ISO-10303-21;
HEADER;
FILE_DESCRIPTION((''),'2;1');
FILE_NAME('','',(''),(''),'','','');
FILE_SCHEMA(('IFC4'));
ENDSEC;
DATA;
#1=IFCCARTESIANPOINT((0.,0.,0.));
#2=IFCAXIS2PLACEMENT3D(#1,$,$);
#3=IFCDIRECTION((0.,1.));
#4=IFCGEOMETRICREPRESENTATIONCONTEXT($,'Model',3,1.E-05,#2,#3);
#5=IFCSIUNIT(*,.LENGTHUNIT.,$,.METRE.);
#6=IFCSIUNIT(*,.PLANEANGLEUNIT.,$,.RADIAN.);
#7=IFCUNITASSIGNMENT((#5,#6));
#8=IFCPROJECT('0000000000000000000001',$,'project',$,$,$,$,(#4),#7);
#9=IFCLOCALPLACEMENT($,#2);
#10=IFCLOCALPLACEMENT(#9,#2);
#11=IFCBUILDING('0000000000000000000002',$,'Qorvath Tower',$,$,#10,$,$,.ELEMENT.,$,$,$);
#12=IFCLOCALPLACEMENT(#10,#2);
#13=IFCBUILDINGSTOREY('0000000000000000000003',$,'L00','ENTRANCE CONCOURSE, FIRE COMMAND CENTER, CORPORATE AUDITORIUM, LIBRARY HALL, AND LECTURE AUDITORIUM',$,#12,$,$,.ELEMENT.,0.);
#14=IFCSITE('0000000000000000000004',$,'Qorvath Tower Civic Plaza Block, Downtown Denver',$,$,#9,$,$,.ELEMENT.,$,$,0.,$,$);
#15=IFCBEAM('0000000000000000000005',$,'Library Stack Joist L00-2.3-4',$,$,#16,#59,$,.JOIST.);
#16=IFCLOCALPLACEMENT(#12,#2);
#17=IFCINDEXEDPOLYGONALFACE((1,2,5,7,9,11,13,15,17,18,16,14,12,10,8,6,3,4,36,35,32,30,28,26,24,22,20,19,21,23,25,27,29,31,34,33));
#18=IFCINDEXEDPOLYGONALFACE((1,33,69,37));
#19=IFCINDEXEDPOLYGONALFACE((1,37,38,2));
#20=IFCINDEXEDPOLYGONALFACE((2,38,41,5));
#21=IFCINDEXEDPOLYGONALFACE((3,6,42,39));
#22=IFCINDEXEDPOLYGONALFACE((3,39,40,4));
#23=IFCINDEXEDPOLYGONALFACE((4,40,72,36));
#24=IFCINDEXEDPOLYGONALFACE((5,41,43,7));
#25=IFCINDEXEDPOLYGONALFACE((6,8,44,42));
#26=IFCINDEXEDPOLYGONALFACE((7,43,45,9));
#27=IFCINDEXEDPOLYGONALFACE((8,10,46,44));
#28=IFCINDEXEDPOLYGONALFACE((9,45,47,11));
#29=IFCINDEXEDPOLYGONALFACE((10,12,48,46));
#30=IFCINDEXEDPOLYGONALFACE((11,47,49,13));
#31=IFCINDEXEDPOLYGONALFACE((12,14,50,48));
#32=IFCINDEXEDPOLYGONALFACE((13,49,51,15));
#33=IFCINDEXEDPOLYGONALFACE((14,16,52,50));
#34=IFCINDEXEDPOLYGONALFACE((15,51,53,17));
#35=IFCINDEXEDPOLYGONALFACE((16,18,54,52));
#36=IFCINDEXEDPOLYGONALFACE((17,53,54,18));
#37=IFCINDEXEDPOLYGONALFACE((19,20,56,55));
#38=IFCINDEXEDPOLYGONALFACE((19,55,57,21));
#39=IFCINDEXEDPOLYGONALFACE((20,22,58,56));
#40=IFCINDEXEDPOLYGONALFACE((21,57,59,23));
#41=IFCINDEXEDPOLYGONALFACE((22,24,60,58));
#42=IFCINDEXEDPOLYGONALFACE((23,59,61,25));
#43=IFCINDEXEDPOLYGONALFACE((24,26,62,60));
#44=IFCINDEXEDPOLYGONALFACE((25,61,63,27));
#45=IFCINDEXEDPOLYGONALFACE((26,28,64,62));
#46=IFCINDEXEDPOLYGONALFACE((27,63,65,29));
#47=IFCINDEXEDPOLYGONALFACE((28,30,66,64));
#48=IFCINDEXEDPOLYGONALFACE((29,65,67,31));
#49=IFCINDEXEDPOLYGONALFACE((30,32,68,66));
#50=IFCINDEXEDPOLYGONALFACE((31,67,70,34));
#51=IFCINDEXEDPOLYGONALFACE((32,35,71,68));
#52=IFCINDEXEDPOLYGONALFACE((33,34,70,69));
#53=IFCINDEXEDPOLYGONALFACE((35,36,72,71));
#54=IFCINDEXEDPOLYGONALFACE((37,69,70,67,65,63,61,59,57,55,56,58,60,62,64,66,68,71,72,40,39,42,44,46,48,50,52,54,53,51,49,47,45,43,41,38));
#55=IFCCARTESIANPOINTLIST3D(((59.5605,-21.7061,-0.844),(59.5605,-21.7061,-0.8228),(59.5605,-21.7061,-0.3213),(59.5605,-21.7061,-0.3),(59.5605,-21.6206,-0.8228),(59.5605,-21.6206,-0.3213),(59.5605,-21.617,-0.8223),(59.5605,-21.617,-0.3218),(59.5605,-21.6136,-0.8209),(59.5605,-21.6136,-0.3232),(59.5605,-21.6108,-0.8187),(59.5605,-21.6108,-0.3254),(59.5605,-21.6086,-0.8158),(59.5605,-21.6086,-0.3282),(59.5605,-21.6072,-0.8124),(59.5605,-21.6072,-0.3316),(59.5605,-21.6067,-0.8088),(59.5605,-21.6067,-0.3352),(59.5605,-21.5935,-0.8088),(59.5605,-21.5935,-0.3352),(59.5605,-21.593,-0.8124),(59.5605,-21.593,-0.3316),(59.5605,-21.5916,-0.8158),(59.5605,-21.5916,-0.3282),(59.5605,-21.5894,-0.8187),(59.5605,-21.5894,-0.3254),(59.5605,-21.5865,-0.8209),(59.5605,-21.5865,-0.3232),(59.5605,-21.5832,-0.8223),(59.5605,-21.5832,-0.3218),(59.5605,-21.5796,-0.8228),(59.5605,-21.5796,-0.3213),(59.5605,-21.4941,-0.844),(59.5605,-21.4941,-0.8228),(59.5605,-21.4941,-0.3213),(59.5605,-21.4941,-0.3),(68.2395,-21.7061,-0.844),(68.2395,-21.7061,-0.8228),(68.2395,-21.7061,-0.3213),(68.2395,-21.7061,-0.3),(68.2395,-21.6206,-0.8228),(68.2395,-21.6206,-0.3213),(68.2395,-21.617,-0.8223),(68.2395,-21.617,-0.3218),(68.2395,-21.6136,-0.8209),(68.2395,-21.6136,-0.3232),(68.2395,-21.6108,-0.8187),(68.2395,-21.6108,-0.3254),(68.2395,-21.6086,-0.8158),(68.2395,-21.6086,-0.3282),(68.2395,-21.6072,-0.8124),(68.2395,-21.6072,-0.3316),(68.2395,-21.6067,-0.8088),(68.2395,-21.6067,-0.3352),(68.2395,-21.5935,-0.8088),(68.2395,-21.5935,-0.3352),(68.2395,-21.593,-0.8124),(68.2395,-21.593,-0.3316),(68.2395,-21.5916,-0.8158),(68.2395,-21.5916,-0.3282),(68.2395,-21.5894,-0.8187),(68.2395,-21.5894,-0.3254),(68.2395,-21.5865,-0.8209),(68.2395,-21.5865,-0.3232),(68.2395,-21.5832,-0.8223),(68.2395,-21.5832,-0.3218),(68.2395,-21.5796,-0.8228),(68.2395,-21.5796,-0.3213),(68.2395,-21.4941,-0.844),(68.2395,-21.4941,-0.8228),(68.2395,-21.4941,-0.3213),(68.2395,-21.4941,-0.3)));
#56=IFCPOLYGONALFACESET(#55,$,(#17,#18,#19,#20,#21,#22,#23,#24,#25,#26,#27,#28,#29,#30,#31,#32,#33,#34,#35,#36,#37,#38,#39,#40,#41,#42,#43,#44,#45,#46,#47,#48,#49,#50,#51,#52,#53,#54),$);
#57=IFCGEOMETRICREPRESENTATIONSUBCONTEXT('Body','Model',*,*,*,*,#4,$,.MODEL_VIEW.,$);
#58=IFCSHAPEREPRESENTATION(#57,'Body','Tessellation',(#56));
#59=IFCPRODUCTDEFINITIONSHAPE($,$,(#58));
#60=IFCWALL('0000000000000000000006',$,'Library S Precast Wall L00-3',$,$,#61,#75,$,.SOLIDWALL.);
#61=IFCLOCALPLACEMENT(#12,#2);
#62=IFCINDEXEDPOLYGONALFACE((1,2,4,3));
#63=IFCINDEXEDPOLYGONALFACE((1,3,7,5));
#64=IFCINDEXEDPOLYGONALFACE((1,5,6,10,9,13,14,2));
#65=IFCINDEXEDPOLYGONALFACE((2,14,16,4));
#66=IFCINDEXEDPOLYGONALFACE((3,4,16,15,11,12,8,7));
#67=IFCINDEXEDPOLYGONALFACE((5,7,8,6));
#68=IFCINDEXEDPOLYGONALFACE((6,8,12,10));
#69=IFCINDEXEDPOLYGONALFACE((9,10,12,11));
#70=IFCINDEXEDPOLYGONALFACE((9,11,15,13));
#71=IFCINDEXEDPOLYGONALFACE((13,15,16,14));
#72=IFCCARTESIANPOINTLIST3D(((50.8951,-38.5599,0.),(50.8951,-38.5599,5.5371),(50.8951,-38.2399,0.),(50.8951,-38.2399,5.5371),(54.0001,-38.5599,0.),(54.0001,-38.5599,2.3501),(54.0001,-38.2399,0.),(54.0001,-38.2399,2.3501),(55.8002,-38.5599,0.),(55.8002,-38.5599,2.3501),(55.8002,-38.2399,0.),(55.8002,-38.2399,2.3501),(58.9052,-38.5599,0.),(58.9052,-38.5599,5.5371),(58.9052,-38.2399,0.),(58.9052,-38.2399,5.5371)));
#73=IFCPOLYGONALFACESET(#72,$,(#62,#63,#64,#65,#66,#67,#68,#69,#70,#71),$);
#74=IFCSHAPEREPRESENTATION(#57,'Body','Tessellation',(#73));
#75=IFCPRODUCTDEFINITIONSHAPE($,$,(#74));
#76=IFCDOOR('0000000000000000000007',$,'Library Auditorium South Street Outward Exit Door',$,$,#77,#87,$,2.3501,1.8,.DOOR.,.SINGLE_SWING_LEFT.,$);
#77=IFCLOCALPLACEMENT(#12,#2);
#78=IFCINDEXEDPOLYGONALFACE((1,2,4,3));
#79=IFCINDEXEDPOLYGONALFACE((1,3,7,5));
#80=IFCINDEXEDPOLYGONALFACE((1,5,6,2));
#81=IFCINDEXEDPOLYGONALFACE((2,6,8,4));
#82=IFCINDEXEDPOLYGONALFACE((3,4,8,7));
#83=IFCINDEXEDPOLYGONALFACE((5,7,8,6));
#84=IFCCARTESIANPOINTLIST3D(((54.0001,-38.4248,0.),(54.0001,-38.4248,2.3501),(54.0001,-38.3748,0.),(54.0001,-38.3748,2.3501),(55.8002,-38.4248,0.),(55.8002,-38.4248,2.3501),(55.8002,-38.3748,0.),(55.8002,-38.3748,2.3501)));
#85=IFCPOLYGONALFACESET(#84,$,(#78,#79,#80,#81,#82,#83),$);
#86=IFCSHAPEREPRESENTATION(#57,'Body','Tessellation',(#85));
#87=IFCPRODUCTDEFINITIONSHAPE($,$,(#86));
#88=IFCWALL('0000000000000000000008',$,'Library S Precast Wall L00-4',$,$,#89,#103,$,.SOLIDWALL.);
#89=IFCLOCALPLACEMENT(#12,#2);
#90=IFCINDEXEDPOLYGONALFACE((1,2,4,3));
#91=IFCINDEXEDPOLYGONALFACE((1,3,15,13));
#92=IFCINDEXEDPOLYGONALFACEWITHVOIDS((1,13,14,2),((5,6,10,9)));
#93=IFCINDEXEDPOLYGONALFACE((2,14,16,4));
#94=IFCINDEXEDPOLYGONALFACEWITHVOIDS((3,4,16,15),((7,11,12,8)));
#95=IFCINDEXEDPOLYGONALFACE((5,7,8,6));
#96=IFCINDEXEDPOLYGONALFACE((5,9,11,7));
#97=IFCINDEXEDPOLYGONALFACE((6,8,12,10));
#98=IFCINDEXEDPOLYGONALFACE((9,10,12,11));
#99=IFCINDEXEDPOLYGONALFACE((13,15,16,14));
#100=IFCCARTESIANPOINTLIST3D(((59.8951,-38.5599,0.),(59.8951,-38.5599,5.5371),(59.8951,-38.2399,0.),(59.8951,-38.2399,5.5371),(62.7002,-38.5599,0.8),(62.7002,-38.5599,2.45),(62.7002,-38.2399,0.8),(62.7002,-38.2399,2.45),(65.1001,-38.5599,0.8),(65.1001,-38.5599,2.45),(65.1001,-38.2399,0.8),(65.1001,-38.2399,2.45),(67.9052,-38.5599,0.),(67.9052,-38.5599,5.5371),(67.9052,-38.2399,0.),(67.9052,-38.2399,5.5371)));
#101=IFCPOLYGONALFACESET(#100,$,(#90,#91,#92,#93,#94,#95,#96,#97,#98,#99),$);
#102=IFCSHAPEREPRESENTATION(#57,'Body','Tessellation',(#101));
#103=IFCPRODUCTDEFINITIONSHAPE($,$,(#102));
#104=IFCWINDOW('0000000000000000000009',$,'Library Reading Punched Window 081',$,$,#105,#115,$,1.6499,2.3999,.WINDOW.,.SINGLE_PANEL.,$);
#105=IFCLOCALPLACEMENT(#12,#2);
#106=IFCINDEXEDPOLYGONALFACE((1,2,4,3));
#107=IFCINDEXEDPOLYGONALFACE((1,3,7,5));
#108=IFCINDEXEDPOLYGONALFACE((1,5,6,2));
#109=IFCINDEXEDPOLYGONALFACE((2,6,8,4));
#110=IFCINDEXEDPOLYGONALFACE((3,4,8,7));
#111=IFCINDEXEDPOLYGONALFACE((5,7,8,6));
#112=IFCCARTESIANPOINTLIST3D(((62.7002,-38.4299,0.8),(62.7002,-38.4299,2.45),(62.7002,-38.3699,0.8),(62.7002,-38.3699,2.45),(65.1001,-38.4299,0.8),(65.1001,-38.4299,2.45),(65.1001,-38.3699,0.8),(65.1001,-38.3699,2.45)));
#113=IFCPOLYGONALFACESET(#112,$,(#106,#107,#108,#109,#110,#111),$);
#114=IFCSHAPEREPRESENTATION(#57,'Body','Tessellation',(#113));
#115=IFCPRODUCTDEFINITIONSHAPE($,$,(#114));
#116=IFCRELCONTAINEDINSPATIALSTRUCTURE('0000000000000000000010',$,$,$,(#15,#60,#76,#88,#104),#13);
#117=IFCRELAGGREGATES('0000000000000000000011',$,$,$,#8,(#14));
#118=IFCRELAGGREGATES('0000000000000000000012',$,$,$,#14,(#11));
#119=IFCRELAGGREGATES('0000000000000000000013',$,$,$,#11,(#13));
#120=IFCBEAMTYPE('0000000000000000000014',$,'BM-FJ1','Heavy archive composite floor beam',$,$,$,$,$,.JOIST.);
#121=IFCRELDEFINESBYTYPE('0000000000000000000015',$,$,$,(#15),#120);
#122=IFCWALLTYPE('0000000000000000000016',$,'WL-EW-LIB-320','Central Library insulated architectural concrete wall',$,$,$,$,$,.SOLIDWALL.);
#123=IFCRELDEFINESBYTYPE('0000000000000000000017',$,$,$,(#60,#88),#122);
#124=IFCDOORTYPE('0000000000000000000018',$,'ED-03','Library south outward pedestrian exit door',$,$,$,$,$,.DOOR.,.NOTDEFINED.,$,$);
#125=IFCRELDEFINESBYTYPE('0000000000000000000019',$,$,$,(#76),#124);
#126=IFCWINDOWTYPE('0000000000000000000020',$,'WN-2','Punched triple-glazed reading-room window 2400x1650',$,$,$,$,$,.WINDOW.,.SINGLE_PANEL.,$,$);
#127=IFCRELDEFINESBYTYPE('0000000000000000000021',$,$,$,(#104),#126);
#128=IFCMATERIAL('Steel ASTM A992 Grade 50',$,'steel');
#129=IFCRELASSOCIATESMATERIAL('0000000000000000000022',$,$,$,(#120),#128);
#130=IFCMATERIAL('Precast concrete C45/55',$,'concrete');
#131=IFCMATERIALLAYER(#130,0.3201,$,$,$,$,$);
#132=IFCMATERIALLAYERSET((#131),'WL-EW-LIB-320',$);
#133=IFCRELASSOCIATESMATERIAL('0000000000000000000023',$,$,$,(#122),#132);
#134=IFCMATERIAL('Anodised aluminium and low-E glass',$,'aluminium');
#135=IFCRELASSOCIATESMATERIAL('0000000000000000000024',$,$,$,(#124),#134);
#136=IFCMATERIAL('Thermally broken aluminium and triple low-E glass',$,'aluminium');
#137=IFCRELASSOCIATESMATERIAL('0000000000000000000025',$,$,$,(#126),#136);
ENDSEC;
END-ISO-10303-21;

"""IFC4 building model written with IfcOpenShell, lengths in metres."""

from ifc_helpers import new_model, si_unit, direction, frame, frame_2d, origin, origin_2d, place, context, subcontext, project, spatial, rectangle, i_section, extrude, material, layer, layer_set, material_profile, profile_set, type_object, element, fill, save


model = new_model("IFC4")

# Units and contexts
model_context = context("Model", 3, precision=1e-05, world=origin(), true_north=direction((0.0, 1.0)))
body_context = subcontext(model_context, "Body", "Model", "MODEL_VIEW")
ifc_project = project(units=[si_unit("LENGTHUNIT", "METRE"), si_unit("PLANEANGLEUNIT", "RADIAN")], contexts=[model_context])

# Site, building, storey
site_placement = place(None, origin())
site = spatial("IfcSite", under=ifc_project, at=site_placement, Name="Qorvath Tower Civic Plaza Block, Downtown Denver", CompositionType="ELEMENT", RefElevation=0.0)
building_placement = place(site_placement, origin())
building = spatial("IfcBuilding", under=site, at=building_placement, Name="Qorvath Tower", CompositionType="ELEMENT")
storey_placement = place(building_placement, origin())
storey = spatial("IfcBuildingStorey", under=building, at=storey_placement, Name="L00", Description="ENTRANCE CONCOURSE, FIRE COMMAND CENTER, CORPORATE AUDITORIUM, LIBRARY HALL, AND LECTURE AUDITORIUM", CompositionType="ELEMENT", Elevation=0.0)

# Beam
ifc_material_1 = material(Name="Steel ASTM A992 Grade 50", Category="steel")
ifc_material_profile_1 = material_profile(ifc_material_1, i_section(OverallWidth=0.2119, OverallDepth=0.5439, WebThickness=0.0132, FlangeThickness=0.0212, FilletRadius=0.0139, at=origin_2d()), Name="W21x83")
ifc_profile_set_1 = profile_set([ifc_material_profile_1], Name="Steel ASTM A992 Grade 50")
beam_type_1 = type_object("IfcBeamType", Name="BM-FJ1", Description="Heavy archive composite floor beam", PredefinedType="JOIST", material=ifc_profile_set_1)
for number, where, z_axis, x_axis, name in (
    (1, (59.5605, -21.6001, -0.572), (1.0, 0.0, 0.0), (0.0, 1.0, 0.0), "Library Stack Joist L00-2.3-4"),
):
    element("IfcBeam", number, at=place(storey_placement, frame(where, z_axis=z_axis, x_axis=x_axis)), inside=storey, type_object=beam_type_1, Name=name, PredefinedType="JOIST", context=body_context, shape_type="SweptSolid", body=[
        extrude(i_section(OverallWidth=0.2119, OverallDepth=0.5439, WebThickness=0.0132, FlangeThickness=0.0212, FilletRadius=0.0139, at=origin_2d()), origin(), (0.0, 0.0, 1.0), 8.679),
    ])

# Wall, opening, door
ifc_material_2 = material(Name="Precast concrete C45/55", Category="concrete")
ifc_layer = layer(ifc_material_2, 0.3201)
ifc_layer_set = layer_set([ifc_layer], Name="WL-EW-LIB-320")
wall_type = type_object("IfcWallType", Name="WL-EW-LIB-320", Description="Central Library insulated architectural concrete wall", PredefinedType="SOLIDWALL", material=ifc_layer_set)
wall_1_placement = place(storey_placement, frame((58.905, -38.3999, 0.0), z_axis=(0.0, 0.0, 1.0), x_axis=(-1.0, 0.0, 0.0)))
wall_1 = element("IfcWall", 2, at=wall_1_placement, inside=storey, type_object=wall_type, Name="Library S Precast Wall L00-3", PredefinedType="SOLIDWALL", context=body_context, shape_type="SweptSolid", body=[
    extrude(rectangle(XDim=8.01, YDim=0.3201, at=frame_2d((4.0049, 0.0))), origin(), (0.0, 0.0, 1.0), 5.5371),
])
opening_1_placement = place(wall_1_placement, frame((3.105, 0.0, 0.0)))
opening_1 = element("IfcOpeningElement", 3, at=opening_1_placement, cuts=wall_1, PredefinedType="OPENING", context=body_context, shape_type="SweptSolid", body=[
    extrude(rectangle(XDim=1.8, YDim=2.3501, at=frame_2d((0.8999, 1.175))), frame((0.0, 0.1699, 0.0), z_axis=(0.0, -1.0, 0.0), x_axis=(1.0, 0.0, 0.0)), (0.0, 0.0, 1.0), 0.3401),
])
ifc_material_3 = material(Name="Anodised aluminium and low-E glass", Category="aluminium")
door_type = type_object("IfcDoorType", Name="ED-03", Description="Library south outward pedestrian exit door", OperationType="NOTDEFINED", PredefinedType="DOOR", material=ifc_material_3)
door_placement = place(opening_1_placement, origin())
door = element("IfcDoor", 4, at=door_placement, inside=storey, type_object=door_type, Name="Library Auditorium South Street Outward Exit Door", OperationType="SINGLE_SWING_LEFT", OverallHeight=2.3501, OverallWidth=1.8, PredefinedType="DOOR", context=body_context, shape_type="SweptSolid", body=[
    extrude(rectangle(XDim=1.8, YDim=2.3501, at=frame_2d((0.8999, 1.175))), frame((0.0, 0.0249, 0.0), z_axis=(0.0, -1.0, 0.0), x_axis=(1.0, 0.0, 0.0)), (0.0, 0.0, 1.0), 0.05),
])
fill(opening_1, door)

# Wall, opening, window
wall_2_placement = place(storey_placement, frame((67.905, -38.3999, 0.0), z_axis=(0.0, 0.0, 1.0), x_axis=(-1.0, 0.0, 0.0)))
wall_2 = element("IfcWall", 5, at=wall_2_placement, inside=storey, type_object=wall_type, Name="Library S Precast Wall L00-4", PredefinedType="SOLIDWALL", context=body_context, shape_type="SweptSolid", body=[
    extrude(rectangle(XDim=8.01, YDim=0.3201, at=frame_2d((4.0049, 0.0))), origin(), (0.0, 0.0, 1.0), 5.5371),
])
opening_2_placement = place(wall_2_placement, frame((2.8049, 0.0, 0.8)))
opening_2 = element("IfcOpeningElement", 6, at=opening_2_placement, cuts=wall_2, PredefinedType="OPENING", context=body_context, shape_type="SweptSolid", body=[
    extrude(rectangle(XDim=2.3999, YDim=1.6499, at=frame_2d((1.2, 0.825))), frame((0.0, 0.1699, 0.0), z_axis=(0.0, -1.0, 0.0), x_axis=(1.0, 0.0, 0.0)), (0.0, 0.0, 1.0), 0.3401),
])
ifc_material_4 = material(Name="Thermally broken aluminium and triple low-E glass", Category="aluminium")
window_type = type_object("IfcWindowType", Name="WN-2", Description="Punched triple-glazed reading-room window 2400x1650", PartitioningType="SINGLE_PANEL", PredefinedType="WINDOW", material=ifc_material_4)
window_placement = place(opening_2_placement, origin())
window = element("IfcWindow", 7, at=window_placement, inside=storey, type_object=window_type, Name="Library Reading Punched Window 081", OverallHeight=1.6499, OverallWidth=2.3999, PartitioningType="SINGLE_PANEL", PredefinedType="WINDOW", context=body_context, shape_type="SweptSolid", body=[
    extrude(rectangle(XDim=2.3999, YDim=1.6499, at=frame_2d((1.2, 0.825))), frame((0.0, 0.03, 0.0), z_axis=(0.0, -1.0, 0.0), x_axis=(1.0, 0.0, 0.0)), (0.0, 0.0, 1.0), 0.0601),
])
fill(opening_2, window)

save(model, "model.ifc")
